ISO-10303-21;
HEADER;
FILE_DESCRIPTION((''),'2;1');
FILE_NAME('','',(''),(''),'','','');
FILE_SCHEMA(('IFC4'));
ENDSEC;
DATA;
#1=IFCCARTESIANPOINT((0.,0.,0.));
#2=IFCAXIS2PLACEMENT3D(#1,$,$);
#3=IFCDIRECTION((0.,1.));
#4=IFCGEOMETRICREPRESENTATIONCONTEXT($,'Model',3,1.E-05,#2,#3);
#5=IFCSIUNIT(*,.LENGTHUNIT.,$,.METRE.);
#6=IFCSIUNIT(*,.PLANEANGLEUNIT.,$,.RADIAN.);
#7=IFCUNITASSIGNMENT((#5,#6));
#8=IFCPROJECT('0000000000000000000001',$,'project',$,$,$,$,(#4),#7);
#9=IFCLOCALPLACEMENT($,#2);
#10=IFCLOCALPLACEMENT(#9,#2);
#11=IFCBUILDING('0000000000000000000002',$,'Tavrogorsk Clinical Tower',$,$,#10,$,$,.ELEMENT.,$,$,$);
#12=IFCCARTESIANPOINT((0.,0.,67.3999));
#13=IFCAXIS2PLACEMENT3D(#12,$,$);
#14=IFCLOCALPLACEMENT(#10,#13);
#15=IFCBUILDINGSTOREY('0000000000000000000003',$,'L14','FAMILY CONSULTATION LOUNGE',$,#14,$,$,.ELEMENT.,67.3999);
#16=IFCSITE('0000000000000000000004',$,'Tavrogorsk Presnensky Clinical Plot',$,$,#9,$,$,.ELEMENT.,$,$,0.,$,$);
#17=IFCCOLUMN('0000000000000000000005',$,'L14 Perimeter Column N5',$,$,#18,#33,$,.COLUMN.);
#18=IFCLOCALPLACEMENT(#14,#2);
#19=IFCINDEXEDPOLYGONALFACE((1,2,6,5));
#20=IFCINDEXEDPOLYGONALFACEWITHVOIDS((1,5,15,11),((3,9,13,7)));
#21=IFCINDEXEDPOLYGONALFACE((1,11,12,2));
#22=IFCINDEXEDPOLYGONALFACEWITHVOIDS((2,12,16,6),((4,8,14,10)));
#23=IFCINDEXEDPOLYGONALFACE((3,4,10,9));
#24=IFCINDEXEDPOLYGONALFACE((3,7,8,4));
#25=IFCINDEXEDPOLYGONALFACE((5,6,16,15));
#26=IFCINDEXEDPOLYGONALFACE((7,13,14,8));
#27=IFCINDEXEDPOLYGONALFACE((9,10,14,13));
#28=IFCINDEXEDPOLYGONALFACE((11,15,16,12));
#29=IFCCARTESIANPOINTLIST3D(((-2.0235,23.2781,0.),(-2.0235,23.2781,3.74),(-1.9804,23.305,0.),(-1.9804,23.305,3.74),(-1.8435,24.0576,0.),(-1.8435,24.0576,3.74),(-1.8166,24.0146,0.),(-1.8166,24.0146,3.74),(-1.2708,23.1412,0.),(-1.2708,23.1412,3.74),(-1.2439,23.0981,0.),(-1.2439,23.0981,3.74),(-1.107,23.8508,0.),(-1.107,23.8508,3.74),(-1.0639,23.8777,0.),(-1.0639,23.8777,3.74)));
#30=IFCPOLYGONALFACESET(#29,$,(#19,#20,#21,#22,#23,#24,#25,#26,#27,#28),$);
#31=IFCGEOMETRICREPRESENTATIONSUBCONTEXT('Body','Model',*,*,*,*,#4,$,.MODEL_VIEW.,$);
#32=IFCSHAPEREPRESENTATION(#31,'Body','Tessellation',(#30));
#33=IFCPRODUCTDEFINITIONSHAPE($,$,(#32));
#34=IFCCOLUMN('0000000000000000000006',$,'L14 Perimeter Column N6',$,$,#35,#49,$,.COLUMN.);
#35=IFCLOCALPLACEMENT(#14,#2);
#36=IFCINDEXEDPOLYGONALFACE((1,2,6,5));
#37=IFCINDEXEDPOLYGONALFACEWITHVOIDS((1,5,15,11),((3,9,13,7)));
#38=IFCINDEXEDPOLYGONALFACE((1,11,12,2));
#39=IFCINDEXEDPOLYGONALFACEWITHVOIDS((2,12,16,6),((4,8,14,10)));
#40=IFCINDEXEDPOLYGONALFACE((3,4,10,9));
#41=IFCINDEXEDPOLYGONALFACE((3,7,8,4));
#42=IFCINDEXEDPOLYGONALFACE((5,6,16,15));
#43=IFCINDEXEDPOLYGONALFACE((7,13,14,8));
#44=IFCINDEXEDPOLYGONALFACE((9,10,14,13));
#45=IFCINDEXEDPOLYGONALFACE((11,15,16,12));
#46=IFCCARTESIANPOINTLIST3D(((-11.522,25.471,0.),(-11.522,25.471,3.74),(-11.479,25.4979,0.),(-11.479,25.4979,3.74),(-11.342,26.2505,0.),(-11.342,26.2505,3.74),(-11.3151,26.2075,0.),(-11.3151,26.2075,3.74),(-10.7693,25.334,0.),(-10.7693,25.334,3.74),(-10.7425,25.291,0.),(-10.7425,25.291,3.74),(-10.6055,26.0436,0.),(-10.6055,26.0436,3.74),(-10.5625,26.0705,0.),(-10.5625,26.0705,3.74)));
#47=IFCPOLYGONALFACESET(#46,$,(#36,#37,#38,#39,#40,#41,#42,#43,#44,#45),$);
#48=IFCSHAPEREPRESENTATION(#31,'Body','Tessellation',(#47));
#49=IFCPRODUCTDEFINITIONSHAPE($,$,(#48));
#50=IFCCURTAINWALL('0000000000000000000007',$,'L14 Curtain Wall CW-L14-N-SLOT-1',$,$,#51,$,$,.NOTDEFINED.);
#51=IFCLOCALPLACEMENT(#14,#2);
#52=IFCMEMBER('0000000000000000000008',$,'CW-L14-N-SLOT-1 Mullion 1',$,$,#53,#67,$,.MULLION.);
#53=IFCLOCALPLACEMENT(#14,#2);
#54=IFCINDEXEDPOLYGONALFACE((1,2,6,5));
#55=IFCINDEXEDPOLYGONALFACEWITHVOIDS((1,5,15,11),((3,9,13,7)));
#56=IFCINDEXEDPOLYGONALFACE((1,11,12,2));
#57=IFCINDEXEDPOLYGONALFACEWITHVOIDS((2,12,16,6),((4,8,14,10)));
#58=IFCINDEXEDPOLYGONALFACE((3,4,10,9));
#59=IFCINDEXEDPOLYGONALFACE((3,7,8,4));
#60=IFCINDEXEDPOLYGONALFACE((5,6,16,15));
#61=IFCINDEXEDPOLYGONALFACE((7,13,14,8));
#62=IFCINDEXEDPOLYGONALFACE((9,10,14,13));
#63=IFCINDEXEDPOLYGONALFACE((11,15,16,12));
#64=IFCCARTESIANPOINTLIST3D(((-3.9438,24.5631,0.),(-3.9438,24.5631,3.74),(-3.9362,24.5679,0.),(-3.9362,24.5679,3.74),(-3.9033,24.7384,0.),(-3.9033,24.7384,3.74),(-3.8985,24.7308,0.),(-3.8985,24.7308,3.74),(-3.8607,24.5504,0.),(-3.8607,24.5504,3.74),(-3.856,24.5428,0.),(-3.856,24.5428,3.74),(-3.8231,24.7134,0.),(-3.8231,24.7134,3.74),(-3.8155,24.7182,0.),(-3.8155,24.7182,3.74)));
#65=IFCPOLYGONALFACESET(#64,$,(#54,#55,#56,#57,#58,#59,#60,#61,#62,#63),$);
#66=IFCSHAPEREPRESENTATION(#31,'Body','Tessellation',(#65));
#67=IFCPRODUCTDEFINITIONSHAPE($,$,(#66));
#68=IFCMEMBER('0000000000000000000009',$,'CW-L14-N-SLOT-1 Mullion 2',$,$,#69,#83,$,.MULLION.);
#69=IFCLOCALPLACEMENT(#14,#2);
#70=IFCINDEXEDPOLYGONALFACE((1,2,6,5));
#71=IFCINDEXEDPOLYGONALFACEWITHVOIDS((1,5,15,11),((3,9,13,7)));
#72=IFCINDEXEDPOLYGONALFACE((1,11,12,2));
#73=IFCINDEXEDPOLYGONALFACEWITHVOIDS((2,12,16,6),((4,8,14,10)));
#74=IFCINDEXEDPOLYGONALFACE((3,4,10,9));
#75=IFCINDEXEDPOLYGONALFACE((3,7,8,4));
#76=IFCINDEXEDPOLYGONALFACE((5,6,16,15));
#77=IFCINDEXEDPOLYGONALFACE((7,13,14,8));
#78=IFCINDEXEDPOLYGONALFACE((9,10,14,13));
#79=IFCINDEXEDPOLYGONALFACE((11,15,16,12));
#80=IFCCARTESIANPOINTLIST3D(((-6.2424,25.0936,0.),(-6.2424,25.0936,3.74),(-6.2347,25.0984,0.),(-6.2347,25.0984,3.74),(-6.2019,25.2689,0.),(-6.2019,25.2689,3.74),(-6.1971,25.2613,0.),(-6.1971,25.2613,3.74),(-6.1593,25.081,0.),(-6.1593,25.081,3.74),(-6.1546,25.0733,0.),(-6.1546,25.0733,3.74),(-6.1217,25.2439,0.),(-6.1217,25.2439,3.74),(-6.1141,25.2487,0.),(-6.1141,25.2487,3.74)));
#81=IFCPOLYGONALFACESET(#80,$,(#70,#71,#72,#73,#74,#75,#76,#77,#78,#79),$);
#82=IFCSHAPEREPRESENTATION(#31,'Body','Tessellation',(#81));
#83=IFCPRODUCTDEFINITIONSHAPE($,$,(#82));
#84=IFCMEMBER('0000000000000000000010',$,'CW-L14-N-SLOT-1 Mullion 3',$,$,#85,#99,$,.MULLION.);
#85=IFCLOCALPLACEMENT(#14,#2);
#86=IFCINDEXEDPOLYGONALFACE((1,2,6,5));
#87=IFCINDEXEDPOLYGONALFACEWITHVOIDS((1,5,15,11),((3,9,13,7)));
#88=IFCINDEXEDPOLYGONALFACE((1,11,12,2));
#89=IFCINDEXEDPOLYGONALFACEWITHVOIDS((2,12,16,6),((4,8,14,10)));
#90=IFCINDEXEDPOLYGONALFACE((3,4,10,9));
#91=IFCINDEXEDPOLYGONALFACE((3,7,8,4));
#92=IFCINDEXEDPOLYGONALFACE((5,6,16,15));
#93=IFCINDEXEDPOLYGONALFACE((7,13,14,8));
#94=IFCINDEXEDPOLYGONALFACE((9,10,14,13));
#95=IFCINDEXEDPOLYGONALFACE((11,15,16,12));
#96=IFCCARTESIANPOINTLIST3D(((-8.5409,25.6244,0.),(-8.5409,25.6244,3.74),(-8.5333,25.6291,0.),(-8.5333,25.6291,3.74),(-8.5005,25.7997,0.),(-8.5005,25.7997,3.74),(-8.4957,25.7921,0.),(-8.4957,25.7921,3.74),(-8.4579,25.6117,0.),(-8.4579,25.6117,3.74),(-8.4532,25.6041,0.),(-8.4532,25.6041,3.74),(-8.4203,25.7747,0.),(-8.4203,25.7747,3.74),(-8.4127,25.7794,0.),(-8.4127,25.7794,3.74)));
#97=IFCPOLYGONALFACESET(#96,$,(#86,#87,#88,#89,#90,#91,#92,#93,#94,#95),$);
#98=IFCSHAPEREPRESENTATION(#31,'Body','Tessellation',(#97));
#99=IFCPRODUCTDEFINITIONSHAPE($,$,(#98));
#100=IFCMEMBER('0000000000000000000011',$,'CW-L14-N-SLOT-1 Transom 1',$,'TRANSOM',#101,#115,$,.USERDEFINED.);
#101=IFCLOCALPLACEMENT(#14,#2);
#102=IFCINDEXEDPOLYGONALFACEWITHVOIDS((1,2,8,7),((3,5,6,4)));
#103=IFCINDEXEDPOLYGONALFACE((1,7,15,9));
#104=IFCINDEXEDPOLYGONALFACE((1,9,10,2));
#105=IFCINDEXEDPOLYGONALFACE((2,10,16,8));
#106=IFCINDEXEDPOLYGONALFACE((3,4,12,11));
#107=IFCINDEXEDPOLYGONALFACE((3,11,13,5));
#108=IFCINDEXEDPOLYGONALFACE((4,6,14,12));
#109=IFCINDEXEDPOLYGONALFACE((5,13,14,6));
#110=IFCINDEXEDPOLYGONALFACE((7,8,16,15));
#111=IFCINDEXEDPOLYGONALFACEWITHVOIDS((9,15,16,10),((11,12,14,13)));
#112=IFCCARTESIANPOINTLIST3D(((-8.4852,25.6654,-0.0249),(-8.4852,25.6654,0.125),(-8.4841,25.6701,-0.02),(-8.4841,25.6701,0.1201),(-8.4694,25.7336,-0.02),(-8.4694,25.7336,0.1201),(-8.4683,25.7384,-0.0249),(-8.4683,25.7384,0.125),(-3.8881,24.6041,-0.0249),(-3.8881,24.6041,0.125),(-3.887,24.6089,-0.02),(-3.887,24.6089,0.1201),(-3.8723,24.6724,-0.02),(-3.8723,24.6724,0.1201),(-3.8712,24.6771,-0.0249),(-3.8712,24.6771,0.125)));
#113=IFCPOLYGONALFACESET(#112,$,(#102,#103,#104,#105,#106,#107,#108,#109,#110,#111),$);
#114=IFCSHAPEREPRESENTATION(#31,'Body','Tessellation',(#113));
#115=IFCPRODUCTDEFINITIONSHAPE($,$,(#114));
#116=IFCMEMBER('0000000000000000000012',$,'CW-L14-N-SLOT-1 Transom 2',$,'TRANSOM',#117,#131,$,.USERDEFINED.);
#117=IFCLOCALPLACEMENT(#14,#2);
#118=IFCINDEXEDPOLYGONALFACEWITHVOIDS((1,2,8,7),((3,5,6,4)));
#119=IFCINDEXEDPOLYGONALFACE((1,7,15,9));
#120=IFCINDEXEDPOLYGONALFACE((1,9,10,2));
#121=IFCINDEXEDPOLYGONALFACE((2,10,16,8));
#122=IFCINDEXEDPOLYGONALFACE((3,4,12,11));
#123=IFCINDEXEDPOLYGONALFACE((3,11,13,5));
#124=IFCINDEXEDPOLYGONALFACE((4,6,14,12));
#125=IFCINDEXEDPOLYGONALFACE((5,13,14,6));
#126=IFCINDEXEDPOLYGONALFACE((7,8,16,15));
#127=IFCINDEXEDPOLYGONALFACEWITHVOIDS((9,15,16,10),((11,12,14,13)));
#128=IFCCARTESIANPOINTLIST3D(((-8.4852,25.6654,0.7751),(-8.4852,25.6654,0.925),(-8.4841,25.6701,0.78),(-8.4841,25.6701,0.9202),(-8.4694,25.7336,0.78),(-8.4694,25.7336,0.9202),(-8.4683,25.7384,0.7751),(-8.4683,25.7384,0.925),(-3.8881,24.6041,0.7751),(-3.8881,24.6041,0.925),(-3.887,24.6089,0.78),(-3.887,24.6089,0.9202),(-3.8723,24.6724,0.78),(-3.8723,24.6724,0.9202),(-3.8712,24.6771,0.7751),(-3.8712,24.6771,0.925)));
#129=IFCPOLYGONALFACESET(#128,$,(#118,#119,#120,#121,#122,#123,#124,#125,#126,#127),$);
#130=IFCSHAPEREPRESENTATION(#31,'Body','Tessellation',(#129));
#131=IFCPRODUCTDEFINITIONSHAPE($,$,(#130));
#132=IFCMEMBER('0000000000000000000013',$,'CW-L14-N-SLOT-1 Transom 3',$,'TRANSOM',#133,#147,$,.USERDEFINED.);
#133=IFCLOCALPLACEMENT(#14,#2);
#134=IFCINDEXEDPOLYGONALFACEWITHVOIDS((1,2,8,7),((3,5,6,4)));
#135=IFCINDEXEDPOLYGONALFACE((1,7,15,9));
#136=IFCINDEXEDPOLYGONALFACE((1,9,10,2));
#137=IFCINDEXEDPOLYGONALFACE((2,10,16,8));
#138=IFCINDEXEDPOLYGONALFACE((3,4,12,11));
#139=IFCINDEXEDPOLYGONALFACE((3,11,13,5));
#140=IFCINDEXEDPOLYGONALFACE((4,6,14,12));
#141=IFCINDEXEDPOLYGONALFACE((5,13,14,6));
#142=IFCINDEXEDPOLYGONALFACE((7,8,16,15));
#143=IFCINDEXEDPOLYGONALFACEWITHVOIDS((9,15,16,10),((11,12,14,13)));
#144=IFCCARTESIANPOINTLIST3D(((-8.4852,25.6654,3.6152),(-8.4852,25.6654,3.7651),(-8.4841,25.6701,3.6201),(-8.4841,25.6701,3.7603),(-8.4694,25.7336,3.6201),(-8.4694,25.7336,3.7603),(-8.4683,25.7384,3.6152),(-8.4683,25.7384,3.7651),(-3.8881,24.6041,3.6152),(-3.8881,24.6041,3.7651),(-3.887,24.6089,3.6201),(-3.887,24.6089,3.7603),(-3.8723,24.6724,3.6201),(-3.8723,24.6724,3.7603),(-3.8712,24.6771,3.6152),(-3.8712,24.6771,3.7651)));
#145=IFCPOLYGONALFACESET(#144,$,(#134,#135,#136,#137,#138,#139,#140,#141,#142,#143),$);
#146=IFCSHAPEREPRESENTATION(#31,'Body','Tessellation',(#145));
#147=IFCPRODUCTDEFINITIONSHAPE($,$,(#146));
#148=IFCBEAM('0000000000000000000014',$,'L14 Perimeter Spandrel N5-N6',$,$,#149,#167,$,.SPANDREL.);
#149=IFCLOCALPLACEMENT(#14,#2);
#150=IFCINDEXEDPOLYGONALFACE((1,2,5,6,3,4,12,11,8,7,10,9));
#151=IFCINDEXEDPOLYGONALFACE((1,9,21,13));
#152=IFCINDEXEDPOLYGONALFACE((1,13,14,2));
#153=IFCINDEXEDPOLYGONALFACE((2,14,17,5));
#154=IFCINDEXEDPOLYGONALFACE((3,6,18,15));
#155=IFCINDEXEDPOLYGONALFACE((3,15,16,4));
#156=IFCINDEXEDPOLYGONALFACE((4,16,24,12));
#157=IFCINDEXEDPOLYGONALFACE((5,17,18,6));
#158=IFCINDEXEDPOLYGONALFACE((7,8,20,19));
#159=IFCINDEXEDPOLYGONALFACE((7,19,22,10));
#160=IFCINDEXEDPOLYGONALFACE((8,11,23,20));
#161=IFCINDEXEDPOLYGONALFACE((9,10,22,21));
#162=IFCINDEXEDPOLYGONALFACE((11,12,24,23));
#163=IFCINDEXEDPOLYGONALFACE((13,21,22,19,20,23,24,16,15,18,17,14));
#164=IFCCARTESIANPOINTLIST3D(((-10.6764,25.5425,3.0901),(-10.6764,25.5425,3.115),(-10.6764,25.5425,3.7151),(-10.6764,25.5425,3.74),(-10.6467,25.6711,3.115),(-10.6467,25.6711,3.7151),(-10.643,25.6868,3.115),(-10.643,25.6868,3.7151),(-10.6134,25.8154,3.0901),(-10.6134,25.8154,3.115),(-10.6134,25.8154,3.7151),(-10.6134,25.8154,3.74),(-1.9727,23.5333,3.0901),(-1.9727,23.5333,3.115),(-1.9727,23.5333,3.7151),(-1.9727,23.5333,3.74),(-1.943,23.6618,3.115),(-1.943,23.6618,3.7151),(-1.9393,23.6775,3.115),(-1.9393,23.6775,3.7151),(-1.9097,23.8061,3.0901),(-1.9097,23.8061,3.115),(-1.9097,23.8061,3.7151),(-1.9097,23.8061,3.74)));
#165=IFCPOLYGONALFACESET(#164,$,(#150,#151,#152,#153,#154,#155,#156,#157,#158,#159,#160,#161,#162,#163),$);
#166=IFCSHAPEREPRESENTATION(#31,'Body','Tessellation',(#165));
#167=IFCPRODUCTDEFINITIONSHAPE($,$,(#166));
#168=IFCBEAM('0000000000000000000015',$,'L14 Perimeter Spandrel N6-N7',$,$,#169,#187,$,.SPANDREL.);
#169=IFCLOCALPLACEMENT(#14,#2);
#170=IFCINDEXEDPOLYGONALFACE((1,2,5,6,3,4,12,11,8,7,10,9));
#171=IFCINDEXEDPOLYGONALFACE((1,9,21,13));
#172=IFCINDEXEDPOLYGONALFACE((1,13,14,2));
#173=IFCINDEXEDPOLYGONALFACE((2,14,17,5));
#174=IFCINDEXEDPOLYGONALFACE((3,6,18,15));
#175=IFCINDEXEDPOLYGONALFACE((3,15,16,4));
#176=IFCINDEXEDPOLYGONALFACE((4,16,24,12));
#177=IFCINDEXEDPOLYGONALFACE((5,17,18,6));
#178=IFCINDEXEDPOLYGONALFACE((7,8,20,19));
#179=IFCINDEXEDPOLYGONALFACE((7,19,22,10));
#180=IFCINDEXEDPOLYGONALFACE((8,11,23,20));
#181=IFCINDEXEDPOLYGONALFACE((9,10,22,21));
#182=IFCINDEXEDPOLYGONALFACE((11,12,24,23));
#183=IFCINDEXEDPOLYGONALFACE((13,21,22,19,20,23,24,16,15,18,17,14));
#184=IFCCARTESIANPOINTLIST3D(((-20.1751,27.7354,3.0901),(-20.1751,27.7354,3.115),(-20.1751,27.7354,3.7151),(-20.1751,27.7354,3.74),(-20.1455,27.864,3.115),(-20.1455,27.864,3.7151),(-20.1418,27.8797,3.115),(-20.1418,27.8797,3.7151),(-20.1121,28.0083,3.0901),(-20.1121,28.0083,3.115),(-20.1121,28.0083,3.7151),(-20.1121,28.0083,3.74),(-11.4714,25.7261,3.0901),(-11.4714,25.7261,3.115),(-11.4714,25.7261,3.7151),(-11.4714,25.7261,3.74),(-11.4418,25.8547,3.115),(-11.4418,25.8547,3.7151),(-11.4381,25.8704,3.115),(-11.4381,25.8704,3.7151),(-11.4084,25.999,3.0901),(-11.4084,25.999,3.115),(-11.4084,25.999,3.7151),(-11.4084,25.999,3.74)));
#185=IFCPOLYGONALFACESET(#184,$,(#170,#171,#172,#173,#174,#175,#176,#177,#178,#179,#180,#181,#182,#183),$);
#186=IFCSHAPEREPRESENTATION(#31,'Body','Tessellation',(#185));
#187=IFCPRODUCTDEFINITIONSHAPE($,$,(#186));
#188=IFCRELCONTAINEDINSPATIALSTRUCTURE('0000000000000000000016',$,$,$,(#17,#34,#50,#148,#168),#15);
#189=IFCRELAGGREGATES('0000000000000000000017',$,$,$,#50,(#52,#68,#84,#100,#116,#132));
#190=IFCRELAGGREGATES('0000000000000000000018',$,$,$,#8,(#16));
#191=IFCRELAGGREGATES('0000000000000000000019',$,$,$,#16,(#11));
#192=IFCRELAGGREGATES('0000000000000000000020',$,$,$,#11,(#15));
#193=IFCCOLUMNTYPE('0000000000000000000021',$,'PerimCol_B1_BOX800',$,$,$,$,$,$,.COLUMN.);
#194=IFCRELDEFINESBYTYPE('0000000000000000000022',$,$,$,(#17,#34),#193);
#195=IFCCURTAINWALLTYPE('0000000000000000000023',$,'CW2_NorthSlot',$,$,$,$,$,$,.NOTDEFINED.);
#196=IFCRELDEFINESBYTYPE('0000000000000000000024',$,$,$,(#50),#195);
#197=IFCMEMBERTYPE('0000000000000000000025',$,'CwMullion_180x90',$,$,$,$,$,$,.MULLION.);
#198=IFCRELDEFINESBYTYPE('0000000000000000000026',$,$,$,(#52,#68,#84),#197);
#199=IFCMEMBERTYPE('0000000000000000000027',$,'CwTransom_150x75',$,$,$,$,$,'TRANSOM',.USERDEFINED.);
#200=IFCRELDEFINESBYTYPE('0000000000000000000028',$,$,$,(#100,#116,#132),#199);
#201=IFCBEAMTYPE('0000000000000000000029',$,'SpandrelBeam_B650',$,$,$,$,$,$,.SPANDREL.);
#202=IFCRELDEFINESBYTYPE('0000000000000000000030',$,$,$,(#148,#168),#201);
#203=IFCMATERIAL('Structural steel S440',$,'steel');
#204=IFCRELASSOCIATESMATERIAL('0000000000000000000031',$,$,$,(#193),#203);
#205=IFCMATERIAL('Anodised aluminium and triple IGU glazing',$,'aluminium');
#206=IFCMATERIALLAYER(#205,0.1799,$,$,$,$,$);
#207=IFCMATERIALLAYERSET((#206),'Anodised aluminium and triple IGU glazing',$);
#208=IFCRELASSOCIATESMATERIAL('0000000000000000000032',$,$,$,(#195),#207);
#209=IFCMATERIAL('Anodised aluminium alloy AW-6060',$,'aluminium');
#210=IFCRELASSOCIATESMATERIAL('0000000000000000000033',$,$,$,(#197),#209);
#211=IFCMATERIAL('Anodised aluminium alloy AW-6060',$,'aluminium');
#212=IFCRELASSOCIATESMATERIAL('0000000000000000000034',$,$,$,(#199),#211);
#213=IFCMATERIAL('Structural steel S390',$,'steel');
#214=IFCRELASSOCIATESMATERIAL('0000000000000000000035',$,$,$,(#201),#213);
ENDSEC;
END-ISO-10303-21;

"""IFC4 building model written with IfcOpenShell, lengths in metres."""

from ifc_helpers import new_model, si_unit, direction, frame, origin, origin_2d, place, context, subcontext, project, spatial, hollow_rectangle, i_section, extrude, material, layer, layer_set, material_profile, profile_set, type_object, element, aggregate, save


model = new_model("IFC4")

# Units and contexts
model_context = context("Model", 3, precision=1e-05, world=origin(), true_north=direction((0.0, 1.0)))
body_context = subcontext(model_context, "Body", "Model", "MODEL_VIEW")
ifc_project = project(units=[si_unit("LENGTHUNIT", "METRE"), si_unit("PLANEANGLEUNIT", "RADIAN")], contexts=[model_context])

# Site, building, storey
site_placement = place(None, origin())
site = spatial("IfcSite", under=ifc_project, at=site_placement, Name="Tavrogorsk Presnensky Clinical Plot", CompositionType="ELEMENT", RefElevation=0.0)
building_placement = place(site_placement, origin())
building = spatial("IfcBuilding", under=site, at=building_placement, Name="Tavrogorsk Clinical Tower", CompositionType="ELEMENT")
storey_placement = place(building_placement, frame((0.0, 0.0, 67.3999)))
storey = spatial("IfcBuildingStorey", under=building, at=storey_placement, Name="L14", Description="FAMILY CONSULTATION LOUNGE", CompositionType="ELEMENT", Elevation=67.3999)

# Columns
ifc_material_1 = material(Name="Structural steel S440", Category="steel")
ifc_material_profile_1 = material_profile(ifc_material_1, hollow_rectangle(XDim=0.8, YDim=0.8, WallThickness=0.0359, at=origin_2d()), Name="BOX-800x800x36")
ifc_profile_set_1 = profile_set([ifc_material_profile_1], Name="Structural steel S440")
column_type = type_object("IfcColumnType", Name="PerimCol_B1_BOX800", PredefinedType="COLUMN", material=ifc_profile_set_1)
for number, where, z_axis, x_axis, name in (
    (1, (-1.5437, 23.5779, 0.0), (0.0, 0.0, 1.0), (0.97437, -0.224951, 0.0), "L14 Perimeter Column N5"),
    (2, (-11.0422, 25.7708, 0.0), (0.0, 0.0, 1.0), (0.97437, -0.224951, 0.0), "L14 Perimeter Column N6"),
):
    element("IfcColumn", number, at=place(storey_placement, frame(where, z_axis=z_axis, x_axis=x_axis)), inside=storey, type_object=column_type, Name=name, PredefinedType="COLUMN", context=body_context, shape_type="SweptSolid", body=[
        extrude(hollow_rectangle(XDim=0.8, YDim=0.8, WallThickness=0.0359, at=origin_2d()), origin(), (0.0, 0.0, 1.0), 3.74),
    ])

# Curtain wall, members
ifc_material_2 = material(Name="Anodised aluminium and triple IGU glazing", Category="aluminium")
ifc_layer_1 = layer(ifc_material_2, 0.1799)
ifc_layer_set_1 = layer_set([ifc_layer_1], Name="Anodised aluminium and triple IGU glazing")
curtain_wall_type = type_object("IfcCurtainWallType", Name="CW2_NorthSlot", PredefinedType="NOTDEFINED", material=ifc_layer_set_1)
curtain_wall_placement = place(storey_placement, origin())
curtain_wall = element("IfcCurtainWall", 3, at=curtain_wall_placement, inside=storey, type_object=curtain_wall_type, Name="L14 Curtain Wall CW-L14-N-SLOT-1", PredefinedType="NOTDEFINED")
ifc_material_3 = material(Name="Anodised aluminium alloy AW-6060", Category="aluminium")
ifc_material_profile_2 = material_profile(ifc_material_3, hollow_rectangle(XDim=0.0901, YDim=0.1799, WallThickness=0.0063, at=origin_2d()), Name="RHS-180x90x6.3")
ifc_profile_set_2 = profile_set([ifc_material_profile_2], Name="Anodised aluminium alloy AW-6060")
member_type_1 = type_object("IfcMemberType", Name="CwMullion_180x90", PredefinedType="MULLION", material=ifc_profile_set_2)
member_1_placement = place(storey_placement, frame((-3.8796, 24.6406, 0.0), z_axis=(0.0, 0.0, 1.0), x_axis=(-0.97437, 0.224951, 0.0)))
member_1 = element("IfcMember", 4, at=member_1_placement, type_object=member_type_1, Name="CW-L14-N-SLOT-1 Mullion 1", PredefinedType="MULLION", context=body_context, shape_type="SweptSolid", body=[
    extrude(hollow_rectangle(XDim=0.0901, YDim=0.1799, WallThickness=0.0063, at=origin_2d()), origin(), (0.0, 0.0, 1.0), 3.74),
])
member_2_placement = place(storey_placement, frame((-6.1782, 25.1711, 0.0), z_axis=(0.0, 0.0, 1.0), x_axis=(-0.97437, 0.224951, 0.0)))
member_2 = element("IfcMember", 5, at=member_2_placement, type_object=member_type_1, Name="CW-L14-N-SLOT-1 Mullion 2", PredefinedType="MULLION", context=body_context, shape_type="SweptSolid", body=[
    extrude(hollow_rectangle(XDim=0.0901, YDim=0.1799, WallThickness=0.0063, at=origin_2d()), origin(), (0.0, 0.0, 1.0), 3.74),
])
member_3_placement = place(storey_placement, frame((-8.4768, 25.7019, 0.0), z_axis=(0.0, 0.0, 1.0), x_axis=(-0.97437, 0.224951, 0.0)))
member_3 = element("IfcMember", 6, at=member_3_placement, type_object=member_type_1, Name="CW-L14-N-SLOT-1 Mullion 3", PredefinedType="MULLION", context=body_context, shape_type="SweptSolid", body=[
    extrude(hollow_rectangle(XDim=0.0901, YDim=0.1799, WallThickness=0.0063, at=origin_2d()), origin(), (0.0, 0.0, 1.0), 3.74),
])
ifc_material_4 = material(Name="Anodised aluminium alloy AW-6060", Category="aluminium")
ifc_material_profile_3 = material_profile(ifc_material_4, hollow_rectangle(XDim=0.075, YDim=0.1499, WallThickness=0.0049, at=origin_2d()), Name="RHS-150x75x5")
ifc_profile_set_3 = profile_set([ifc_material_profile_3], Name="Anodised aluminium alloy AW-6060")
member_type_2 = type_object("IfcMemberType", Name="CwTransom_150x75", ElementType="TRANSOM", PredefinedType="USERDEFINED", material=ifc_profile_set_3)
member_4_placement = place(storey_placement, frame((-3.8796, 24.6406, 0.05), z_axis=(-0.974373, 0.224939, 0.0), x_axis=(-0.224939, -0.974373, 0.0)))
member_4 = element("IfcMember", 7, at=member_4_placement, type_object=member_type_2, Name="CW-L14-N-SLOT-1 Transom 1", ObjectType="TRANSOM", PredefinedType="USERDEFINED", context=body_context, shape_type="SweptSolid", body=[
    extrude(hollow_rectangle(XDim=0.075, YDim=0.1499, WallThickness=0.0049, at=origin_2d()), origin(), (0.0, 0.0, 1.0), 4.718),
])
member_5_placement = place(storey_placement, frame((-3.8796, 24.6406, 0.8501), z_axis=(-0.974373, 0.224939, 0.0), x_axis=(-0.224939, -0.974373, 0.0)))
member_5 = element("IfcMember", 8, at=member_5_placement, type_object=member_type_2, Name="CW-L14-N-SLOT-1 Transom 2", ObjectType="TRANSOM", PredefinedType="USERDEFINED", context=body_context, shape_type="SweptSolid", body=[
    extrude(hollow_rectangle(XDim=0.075, YDim=0.1499, WallThickness=0.0049, at=origin_2d()), origin(), (0.0, 0.0, 1.0), 4.718),
])
member_6_placement = place(storey_placement, frame((-3.8796, 24.6406, 3.6902), z_axis=(-0.974373, 0.224939, 0.0), x_axis=(-0.224939, -0.974373, 0.0)))
member_6 = element("IfcMember", 9, at=member_6_placement, type_object=member_type_2, Name="CW-L14-N-SLOT-1 Transom 3", ObjectType="TRANSOM", PredefinedType="USERDEFINED", context=body_context, shape_type="SweptSolid", body=[
    extrude(hollow_rectangle(XDim=0.075, YDim=0.1499, WallThickness=0.0049, at=origin_2d()), origin(), (0.0, 0.0, 1.0), 4.718),
])

# Beams
ifc_material_5 = material(Name="Structural steel S390", Category="steel")
ifc_material_profile_4 = material_profile(ifc_material_5, i_section(OverallWidth=0.28, OverallDepth=0.6499, WebThickness=0.0161, FlangeThickness=0.0249, at=origin_2d()), Name="B-650x280x16x25")
ifc_profile_set_4 = profile_set([ifc_material_profile_4], Name="Structural steel S390")
beam_type = type_object("IfcBeamType", Name="SpandrelBeam_B650", PredefinedType="SPANDREL", material=ifc_profile_set_4)
for number, where, z_axis, x_axis, name in (
    (10, (-1.9412, 23.6697, 3.415), (-0.974373, 0.224939, 0.0), (-0.224939, -0.974373, 0.0), "L14 Perimeter Spandrel N5-N6"),
    (11, (-11.4399, 25.8625, 3.415), (-0.974373, 0.224939, 0.0), (-0.224939, -0.974373, 0.0), "L14 Perimeter Spandrel N6-N7"),
):
    element("IfcBeam", number, at=place(storey_placement, frame(where, z_axis=z_axis, x_axis=x_axis)), inside=storey, type_object=beam_type, Name=name, PredefinedType="SPANDREL", context=body_context, shape_type="SweptSolid", body=[
        extrude(i_section(OverallWidth=0.28, OverallDepth=0.6499, WebThickness=0.0161, FlangeThickness=0.0249, at=origin_2d()), origin(), (0.0, 0.0, 1.0), 8.9326),
    ])

aggregate(curtain_wall, [member_1, member_2, member_3, member_4, member_5, member_6])

save(model, "model.ifc")
